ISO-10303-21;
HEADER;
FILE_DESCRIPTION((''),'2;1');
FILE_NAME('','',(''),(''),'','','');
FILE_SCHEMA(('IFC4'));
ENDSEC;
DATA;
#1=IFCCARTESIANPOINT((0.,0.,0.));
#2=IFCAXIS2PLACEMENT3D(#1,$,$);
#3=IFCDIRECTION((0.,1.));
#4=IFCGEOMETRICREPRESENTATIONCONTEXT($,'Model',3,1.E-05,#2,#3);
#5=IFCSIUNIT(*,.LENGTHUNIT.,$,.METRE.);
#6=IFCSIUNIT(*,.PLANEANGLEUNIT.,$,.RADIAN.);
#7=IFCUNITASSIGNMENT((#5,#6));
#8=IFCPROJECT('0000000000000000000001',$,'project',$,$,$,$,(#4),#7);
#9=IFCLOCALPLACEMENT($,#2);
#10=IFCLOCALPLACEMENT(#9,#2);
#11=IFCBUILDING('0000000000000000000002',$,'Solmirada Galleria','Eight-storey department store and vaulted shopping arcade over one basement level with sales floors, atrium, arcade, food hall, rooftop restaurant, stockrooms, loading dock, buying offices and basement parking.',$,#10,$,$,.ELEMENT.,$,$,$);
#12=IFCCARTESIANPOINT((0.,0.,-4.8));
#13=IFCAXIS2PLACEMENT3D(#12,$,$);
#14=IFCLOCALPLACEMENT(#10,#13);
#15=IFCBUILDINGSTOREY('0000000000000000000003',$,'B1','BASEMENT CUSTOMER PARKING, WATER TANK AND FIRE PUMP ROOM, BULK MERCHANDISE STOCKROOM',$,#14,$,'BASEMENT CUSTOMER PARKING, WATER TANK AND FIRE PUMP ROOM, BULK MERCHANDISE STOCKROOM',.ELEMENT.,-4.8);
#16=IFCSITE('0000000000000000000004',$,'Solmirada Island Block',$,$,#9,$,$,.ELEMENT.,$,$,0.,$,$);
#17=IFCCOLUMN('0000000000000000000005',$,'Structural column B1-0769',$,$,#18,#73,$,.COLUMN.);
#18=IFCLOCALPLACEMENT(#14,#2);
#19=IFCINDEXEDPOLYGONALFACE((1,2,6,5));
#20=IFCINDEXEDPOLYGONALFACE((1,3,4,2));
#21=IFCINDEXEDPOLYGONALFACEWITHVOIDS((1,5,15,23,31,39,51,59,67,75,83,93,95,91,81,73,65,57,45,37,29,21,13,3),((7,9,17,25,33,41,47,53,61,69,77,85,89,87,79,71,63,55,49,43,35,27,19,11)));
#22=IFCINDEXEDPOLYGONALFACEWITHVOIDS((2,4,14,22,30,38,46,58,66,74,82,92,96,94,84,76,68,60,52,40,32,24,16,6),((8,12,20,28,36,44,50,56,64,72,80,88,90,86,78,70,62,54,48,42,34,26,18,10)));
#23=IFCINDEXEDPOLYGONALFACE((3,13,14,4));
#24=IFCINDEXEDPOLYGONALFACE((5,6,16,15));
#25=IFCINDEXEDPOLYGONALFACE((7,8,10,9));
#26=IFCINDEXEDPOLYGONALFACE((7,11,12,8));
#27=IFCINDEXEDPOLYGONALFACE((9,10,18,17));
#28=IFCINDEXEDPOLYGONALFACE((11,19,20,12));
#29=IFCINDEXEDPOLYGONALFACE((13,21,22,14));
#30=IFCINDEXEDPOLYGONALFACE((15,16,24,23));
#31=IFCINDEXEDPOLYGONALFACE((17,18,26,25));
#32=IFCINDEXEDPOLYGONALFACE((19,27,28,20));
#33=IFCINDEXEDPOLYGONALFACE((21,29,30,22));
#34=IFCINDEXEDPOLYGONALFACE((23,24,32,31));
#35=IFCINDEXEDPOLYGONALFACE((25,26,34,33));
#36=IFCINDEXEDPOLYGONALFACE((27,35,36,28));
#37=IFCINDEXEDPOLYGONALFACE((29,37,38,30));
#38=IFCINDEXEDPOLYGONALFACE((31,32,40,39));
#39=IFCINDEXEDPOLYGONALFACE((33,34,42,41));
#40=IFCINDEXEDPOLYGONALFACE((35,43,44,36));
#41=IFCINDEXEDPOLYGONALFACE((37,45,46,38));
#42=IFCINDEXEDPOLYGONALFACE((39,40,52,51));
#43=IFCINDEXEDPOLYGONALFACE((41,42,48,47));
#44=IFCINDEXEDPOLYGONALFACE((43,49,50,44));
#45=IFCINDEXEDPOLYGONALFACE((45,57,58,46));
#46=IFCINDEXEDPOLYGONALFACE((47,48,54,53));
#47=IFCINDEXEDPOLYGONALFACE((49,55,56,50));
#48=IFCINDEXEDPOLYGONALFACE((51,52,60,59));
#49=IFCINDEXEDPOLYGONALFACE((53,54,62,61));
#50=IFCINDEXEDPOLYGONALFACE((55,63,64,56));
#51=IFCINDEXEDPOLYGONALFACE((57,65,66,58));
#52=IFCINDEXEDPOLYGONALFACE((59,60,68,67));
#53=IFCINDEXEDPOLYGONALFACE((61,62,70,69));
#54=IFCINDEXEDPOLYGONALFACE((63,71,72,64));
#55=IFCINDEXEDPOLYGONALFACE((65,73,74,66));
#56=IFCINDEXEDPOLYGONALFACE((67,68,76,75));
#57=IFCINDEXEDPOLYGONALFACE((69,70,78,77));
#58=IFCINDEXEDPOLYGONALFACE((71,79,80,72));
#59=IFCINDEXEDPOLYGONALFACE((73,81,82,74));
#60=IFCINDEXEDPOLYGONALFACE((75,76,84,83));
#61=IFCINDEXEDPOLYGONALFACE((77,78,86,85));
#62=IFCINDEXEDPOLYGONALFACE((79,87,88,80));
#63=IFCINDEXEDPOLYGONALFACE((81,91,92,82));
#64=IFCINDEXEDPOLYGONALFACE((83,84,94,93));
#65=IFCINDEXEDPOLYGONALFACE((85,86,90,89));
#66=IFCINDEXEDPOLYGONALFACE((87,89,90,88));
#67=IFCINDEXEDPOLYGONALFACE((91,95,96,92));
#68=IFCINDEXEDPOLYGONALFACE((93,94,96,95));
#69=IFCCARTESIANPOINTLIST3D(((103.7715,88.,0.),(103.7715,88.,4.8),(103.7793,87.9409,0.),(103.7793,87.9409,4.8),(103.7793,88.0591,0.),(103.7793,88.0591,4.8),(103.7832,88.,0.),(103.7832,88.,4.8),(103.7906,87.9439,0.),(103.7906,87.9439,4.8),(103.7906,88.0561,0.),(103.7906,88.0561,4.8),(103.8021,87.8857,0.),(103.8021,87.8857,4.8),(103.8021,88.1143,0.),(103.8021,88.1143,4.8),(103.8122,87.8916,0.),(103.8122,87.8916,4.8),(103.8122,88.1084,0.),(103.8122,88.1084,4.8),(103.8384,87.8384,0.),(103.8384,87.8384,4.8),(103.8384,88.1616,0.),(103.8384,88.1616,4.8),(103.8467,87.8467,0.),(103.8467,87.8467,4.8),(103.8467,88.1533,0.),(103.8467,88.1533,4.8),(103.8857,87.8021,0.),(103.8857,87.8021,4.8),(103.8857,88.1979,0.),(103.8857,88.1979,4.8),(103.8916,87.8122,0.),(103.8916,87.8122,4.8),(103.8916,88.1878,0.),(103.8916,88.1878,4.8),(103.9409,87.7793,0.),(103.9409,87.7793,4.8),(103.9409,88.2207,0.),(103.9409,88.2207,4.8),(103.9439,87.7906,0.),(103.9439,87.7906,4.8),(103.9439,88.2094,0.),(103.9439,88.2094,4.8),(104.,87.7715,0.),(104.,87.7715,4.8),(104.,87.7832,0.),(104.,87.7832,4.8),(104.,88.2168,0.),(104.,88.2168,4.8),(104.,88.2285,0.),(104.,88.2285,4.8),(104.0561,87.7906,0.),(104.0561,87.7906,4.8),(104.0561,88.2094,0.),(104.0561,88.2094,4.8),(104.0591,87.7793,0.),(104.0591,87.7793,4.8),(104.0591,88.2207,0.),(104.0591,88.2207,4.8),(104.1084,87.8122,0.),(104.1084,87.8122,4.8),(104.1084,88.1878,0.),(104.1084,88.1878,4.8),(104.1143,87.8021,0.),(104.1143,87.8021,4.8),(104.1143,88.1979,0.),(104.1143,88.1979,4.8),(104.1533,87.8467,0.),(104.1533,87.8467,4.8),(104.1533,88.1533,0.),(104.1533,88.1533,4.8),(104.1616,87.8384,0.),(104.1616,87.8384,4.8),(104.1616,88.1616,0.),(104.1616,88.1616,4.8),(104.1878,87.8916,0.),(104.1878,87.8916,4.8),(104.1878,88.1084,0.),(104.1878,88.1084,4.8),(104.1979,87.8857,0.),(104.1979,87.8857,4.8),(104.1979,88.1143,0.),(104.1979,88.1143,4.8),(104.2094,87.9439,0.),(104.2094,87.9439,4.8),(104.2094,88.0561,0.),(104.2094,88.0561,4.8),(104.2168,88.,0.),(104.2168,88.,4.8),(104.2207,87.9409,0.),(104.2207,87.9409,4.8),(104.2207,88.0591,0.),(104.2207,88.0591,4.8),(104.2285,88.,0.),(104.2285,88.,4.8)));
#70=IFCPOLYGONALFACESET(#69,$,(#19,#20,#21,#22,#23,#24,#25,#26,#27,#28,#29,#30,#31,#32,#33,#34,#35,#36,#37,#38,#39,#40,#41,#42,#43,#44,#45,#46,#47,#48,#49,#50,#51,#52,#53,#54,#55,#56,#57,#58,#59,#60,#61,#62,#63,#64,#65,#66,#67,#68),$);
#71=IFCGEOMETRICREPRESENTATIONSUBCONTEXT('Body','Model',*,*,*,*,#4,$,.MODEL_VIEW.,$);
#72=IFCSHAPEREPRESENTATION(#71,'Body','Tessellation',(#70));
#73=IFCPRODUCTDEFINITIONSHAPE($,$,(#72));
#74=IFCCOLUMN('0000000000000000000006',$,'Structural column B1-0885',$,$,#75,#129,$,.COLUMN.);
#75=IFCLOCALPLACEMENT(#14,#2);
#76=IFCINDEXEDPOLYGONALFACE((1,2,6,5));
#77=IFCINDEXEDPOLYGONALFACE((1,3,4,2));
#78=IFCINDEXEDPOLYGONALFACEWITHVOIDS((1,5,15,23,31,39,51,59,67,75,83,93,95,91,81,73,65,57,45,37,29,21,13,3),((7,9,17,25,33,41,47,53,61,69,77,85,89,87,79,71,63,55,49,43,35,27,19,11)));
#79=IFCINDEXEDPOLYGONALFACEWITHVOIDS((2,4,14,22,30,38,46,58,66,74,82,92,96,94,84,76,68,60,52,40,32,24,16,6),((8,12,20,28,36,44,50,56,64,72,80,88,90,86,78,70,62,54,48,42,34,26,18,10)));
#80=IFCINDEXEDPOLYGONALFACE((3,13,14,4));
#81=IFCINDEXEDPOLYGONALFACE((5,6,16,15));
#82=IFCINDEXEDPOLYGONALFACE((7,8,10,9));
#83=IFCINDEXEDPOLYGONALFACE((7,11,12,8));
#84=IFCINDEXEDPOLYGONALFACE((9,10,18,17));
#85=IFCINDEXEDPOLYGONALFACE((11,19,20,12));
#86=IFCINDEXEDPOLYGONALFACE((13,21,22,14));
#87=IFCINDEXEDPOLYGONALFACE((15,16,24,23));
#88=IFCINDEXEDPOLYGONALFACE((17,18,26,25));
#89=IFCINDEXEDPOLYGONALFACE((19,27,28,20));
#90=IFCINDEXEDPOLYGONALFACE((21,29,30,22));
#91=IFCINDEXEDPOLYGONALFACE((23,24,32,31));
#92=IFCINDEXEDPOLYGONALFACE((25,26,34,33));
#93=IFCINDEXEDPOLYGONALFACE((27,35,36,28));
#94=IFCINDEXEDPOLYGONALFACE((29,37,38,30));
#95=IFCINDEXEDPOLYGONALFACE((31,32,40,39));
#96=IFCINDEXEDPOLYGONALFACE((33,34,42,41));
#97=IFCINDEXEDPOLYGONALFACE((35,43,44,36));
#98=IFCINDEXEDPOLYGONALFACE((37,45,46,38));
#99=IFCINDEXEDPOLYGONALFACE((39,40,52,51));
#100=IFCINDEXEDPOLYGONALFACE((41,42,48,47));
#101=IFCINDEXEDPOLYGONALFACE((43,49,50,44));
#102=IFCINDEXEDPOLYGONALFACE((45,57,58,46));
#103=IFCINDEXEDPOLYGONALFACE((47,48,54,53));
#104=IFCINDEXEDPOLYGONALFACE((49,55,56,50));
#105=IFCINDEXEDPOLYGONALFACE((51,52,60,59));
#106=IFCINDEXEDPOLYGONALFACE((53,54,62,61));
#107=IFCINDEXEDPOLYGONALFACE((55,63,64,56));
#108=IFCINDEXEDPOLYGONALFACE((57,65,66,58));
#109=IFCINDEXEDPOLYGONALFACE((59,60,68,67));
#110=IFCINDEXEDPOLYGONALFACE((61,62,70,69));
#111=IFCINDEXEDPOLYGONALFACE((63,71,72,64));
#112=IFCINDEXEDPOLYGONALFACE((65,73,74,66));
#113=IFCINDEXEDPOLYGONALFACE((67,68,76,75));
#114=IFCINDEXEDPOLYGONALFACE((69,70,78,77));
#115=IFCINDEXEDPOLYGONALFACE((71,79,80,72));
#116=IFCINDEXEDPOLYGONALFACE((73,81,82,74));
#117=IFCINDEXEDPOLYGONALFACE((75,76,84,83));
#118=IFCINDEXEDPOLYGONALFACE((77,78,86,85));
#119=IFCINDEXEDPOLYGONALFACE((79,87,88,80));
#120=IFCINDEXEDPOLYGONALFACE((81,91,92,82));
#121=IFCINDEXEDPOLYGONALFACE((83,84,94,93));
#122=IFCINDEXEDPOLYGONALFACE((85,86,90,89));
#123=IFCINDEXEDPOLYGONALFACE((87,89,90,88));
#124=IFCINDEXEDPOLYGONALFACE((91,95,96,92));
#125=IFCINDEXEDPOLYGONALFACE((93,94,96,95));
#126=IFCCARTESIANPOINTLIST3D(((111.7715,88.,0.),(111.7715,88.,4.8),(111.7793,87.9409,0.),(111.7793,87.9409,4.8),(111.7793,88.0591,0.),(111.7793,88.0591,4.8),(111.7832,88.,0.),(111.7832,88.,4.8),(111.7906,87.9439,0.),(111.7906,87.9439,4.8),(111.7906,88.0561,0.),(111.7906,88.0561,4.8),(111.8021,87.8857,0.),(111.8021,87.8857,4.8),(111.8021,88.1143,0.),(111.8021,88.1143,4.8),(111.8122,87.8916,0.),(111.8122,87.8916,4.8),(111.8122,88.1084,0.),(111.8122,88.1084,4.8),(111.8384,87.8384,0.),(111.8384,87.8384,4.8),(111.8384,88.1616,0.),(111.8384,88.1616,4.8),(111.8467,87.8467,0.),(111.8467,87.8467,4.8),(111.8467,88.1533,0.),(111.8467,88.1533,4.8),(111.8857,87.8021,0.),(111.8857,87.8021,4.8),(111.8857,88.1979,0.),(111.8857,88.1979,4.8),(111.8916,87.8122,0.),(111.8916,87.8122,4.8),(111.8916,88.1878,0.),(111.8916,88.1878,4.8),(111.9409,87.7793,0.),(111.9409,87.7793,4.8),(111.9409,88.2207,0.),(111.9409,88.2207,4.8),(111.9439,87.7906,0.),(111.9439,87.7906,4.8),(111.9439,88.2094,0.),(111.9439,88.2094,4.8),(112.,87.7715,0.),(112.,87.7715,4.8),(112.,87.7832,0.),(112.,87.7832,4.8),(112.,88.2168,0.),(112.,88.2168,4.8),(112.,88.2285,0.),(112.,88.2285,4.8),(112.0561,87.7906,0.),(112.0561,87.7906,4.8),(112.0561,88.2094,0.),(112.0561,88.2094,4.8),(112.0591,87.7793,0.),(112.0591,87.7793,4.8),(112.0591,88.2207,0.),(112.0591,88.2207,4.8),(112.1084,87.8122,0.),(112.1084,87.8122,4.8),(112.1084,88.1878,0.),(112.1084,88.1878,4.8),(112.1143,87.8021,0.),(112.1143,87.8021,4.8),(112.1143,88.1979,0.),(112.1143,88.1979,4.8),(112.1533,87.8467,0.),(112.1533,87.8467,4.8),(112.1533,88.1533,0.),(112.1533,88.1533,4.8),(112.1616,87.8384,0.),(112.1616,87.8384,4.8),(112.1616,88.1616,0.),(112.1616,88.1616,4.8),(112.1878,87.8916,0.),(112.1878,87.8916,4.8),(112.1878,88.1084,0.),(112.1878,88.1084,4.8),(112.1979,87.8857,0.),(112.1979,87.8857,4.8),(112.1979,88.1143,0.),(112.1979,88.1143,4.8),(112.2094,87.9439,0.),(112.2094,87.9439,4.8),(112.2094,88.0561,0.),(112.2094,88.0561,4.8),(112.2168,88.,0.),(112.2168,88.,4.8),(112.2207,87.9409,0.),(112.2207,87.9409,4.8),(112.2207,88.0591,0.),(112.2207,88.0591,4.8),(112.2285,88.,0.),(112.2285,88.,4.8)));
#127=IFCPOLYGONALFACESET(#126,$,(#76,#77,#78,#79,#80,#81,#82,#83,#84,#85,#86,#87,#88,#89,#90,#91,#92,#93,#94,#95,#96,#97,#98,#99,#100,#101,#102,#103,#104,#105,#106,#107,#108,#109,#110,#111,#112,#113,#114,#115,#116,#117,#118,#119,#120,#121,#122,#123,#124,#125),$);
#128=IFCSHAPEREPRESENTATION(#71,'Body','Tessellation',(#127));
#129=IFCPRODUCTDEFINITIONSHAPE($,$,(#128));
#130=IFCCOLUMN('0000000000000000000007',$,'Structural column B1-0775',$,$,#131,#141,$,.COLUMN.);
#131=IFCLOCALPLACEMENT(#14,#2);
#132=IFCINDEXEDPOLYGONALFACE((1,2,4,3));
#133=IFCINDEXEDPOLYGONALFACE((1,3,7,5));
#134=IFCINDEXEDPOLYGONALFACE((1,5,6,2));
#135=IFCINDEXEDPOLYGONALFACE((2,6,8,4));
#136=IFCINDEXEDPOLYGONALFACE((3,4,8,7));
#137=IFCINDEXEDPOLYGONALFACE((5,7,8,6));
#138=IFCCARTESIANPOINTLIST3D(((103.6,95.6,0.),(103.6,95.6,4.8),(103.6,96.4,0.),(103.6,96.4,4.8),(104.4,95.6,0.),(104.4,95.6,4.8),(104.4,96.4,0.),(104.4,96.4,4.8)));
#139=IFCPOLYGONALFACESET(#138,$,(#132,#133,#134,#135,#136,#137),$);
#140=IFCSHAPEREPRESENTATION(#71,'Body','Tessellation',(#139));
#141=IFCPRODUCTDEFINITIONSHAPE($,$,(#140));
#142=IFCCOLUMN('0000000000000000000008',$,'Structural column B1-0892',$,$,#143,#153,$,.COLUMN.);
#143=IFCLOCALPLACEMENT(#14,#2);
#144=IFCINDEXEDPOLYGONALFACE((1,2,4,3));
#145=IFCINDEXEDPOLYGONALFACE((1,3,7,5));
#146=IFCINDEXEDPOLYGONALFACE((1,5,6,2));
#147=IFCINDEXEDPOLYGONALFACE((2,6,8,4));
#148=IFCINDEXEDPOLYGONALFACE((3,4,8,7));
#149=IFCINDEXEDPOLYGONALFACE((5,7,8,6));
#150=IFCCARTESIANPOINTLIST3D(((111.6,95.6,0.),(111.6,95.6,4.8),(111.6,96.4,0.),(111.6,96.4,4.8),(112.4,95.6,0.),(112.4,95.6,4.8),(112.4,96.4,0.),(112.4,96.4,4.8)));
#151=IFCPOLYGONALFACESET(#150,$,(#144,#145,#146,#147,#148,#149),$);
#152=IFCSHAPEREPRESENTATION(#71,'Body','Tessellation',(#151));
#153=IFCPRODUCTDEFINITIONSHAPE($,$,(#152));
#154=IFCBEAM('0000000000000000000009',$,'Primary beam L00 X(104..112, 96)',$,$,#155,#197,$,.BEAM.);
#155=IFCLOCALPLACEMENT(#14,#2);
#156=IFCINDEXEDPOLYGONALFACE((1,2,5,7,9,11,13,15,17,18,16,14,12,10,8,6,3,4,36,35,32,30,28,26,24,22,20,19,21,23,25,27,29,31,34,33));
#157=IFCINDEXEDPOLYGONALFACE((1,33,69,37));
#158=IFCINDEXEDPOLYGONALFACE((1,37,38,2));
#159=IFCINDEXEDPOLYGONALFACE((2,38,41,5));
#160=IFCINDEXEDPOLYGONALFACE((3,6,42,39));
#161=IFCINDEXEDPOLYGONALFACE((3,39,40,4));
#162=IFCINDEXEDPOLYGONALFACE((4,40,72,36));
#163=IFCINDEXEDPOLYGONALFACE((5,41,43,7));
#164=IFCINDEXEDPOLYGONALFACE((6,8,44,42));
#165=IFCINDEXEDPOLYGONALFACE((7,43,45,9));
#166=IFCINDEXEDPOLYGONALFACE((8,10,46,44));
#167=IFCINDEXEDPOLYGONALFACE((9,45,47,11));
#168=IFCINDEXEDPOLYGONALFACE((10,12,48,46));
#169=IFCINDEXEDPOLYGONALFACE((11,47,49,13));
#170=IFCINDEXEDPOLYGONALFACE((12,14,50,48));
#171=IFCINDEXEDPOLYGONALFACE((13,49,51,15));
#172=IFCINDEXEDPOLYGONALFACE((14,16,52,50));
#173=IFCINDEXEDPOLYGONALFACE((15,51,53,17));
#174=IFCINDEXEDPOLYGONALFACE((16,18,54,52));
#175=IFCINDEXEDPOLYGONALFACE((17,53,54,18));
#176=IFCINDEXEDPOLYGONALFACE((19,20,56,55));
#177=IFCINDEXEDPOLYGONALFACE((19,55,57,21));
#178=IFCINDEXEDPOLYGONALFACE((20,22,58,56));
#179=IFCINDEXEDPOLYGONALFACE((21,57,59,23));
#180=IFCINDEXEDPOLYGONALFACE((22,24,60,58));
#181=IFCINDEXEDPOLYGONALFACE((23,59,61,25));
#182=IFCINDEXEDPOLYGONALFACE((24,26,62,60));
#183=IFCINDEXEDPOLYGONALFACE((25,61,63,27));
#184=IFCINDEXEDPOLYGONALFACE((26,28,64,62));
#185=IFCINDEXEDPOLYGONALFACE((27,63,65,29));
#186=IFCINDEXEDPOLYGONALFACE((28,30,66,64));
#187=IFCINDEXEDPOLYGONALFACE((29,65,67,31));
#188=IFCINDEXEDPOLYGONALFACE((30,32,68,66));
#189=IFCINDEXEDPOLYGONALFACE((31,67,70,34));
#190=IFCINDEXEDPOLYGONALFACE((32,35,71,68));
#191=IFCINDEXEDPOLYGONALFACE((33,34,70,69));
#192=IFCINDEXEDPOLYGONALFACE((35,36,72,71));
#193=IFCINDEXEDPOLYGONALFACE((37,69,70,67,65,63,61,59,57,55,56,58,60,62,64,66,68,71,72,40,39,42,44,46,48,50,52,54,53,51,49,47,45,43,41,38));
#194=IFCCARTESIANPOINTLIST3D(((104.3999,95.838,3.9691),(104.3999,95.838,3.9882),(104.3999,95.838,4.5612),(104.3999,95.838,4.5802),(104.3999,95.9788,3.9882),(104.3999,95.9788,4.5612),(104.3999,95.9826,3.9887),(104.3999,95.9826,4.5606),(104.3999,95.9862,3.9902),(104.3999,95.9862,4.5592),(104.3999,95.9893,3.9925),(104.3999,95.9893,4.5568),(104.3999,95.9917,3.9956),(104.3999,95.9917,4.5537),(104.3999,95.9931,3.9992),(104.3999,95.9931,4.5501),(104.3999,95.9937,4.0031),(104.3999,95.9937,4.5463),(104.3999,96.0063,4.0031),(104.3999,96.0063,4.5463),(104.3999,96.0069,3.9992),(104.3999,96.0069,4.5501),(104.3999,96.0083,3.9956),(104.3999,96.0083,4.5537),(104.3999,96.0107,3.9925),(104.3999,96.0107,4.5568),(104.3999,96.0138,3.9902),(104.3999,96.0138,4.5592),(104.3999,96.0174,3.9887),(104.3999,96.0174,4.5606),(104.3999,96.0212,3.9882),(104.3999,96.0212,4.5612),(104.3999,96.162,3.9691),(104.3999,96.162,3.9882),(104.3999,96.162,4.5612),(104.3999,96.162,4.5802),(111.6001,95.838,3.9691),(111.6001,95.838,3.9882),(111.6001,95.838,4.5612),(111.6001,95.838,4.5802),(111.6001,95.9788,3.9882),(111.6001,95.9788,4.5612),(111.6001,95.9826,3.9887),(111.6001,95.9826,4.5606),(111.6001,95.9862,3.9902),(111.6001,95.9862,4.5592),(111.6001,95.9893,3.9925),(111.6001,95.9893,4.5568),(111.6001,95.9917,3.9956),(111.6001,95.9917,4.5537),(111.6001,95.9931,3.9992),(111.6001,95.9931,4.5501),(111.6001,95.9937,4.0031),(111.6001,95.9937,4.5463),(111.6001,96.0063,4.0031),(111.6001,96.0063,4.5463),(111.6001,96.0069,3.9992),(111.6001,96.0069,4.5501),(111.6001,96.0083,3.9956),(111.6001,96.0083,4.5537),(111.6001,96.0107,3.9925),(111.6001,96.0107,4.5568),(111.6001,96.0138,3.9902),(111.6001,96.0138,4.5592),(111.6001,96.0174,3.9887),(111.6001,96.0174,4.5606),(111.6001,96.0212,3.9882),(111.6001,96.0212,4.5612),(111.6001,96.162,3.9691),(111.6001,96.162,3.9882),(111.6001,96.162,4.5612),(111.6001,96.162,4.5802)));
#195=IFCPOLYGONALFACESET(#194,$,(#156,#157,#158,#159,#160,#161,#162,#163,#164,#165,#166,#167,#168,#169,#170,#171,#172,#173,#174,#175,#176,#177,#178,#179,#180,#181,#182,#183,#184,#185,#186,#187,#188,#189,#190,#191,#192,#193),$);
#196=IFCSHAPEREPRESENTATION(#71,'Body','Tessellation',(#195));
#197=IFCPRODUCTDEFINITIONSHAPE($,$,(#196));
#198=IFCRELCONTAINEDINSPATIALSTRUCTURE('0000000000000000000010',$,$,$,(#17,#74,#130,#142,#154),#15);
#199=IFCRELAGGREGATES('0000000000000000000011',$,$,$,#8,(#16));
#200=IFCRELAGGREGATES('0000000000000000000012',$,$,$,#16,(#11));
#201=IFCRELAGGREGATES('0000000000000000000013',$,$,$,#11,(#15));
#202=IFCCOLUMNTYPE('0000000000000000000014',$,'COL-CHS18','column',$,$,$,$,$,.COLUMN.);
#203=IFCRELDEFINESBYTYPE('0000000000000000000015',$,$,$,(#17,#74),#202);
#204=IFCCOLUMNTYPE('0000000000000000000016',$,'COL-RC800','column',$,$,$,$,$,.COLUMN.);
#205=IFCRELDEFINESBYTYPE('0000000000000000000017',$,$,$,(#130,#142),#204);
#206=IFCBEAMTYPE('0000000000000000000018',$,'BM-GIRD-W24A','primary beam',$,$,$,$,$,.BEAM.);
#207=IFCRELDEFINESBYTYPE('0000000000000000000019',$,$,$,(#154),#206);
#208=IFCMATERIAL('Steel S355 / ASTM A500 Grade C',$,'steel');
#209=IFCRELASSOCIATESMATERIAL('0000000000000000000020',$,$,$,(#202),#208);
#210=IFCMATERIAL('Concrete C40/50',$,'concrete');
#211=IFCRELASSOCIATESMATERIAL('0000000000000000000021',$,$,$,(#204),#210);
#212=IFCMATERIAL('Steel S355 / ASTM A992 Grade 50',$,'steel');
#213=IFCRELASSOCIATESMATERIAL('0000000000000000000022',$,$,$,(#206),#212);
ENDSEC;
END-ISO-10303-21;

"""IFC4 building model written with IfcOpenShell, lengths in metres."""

from ifc_helpers import new_model, si_unit, direction, frame, origin, origin_2d, place, context, subcontext, project, spatial, rectangle, hollow_circle, i_section, extrude, material, material_profile, profile_set, type_object, element, save


model = new_model("IFC4")

# Units and contexts
model_context = context("Model", 3, precision=1e-05, world=origin(), true_north=direction((0.0, 1.0)))
body_context = subcontext(model_context, "Body", "Model", "MODEL_VIEW")
ifc_project = project(units=[si_unit("LENGTHUNIT", "METRE"), si_unit("PLANEANGLEUNIT", "RADIAN")], contexts=[model_context])

# Site, building, storey
site_placement = place(None, origin())
site = spatial("IfcSite", under=ifc_project, at=site_placement, Name="Solmirada Island Block", CompositionType="ELEMENT", RefElevation=0.0)
building_placement = place(site_placement, origin())
building = spatial("IfcBuilding", under=site, at=building_placement, Name="Solmirada Galleria", Description="Eight-storey department store and vaulted shopping arcade over one basement level with sales floors, atrium, arcade, food hall, rooftop restaurant, stockrooms, loading dock, buying offices and basement parking.", CompositionType="ELEMENT")
storey_placement = place(building_placement, frame((0.0, 0.0, -4.8)))
storey = spatial("IfcBuildingStorey", under=building, at=storey_placement, Name="B1", Description="BASEMENT CUSTOMER PARKING, WATER TANK AND FIRE PUMP ROOM, BULK MERCHANDISE STOCKROOM", LongName="BASEMENT CUSTOMER PARKING, WATER TANK AND FIRE PUMP ROOM, BULK MERCHANDISE STOCKROOM", CompositionType="ELEMENT", Elevation=-4.8)

# Shared definitions
ifc_material_1 = material(Name="Concrete C40/50", Category="concrete")

# Columns
ifc_material_2 = material(Name="Steel S355 / ASTM A500 Grade C", Category="steel")
ifc_material_profile_1 = material_profile(ifc_material_2, hollow_circle(Radius=0.2285, WallThickness=0.0117, at=origin_2d()), Name="HSS18.000X0.500")
ifc_profile_set_1 = profile_set([ifc_material_profile_1], Name="Steel S355 / ASTM A500 Grade C")
column_type_1 = type_object("IfcColumnType", Name="COL-CHS18", Description="column", PredefinedType="COLUMN", material=ifc_profile_set_1)
for number, where, z_axis, x_axis, name in (
    (1, (104.0, 88.0, 0.0), (0.0, 0.0, 1.0), (1.0, 0.0, 0.0), "Structural column B1-0769"),
    (2, (112.0, 88.0, 0.0), (0.0, 0.0, 1.0), (1.0, 0.0, 0.0), "Structural column B1-0885"),
):
    element("IfcColumn", number, at=place(storey_placement, frame(where, z_axis=z_axis, x_axis=x_axis)), inside=storey, type_object=column_type_1, Name=name, PredefinedType="COLUMN", context=body_context, shape_type="SweptSolid", body=[
        extrude(hollow_circle(Radius=0.2285, WallThickness=0.0117, at=origin_2d()), origin(), (0.0, 0.0, 1.0), 4.8),
    ])
ifc_material_profile_2 = material_profile(ifc_material_1, rectangle(XDim=0.8, YDim=0.8, at=origin_2d()), Name="RC800X800")
ifc_profile_set_2 = profile_set([ifc_material_profile_2], Name="Concrete C40/50")
column_type_2 = type_object("IfcColumnType", Name="COL-RC800", Description="column", PredefinedType="COLUMN", material=ifc_profile_set_2)
for number, where, z_axis, x_axis, name in (
    (3, (104.0, 96.0, 0.0), (0.0, 0.0, 1.0), (1.0, 0.0, 0.0), "Structural column B1-0775"),
    (4, (112.0, 96.0, 0.0), (0.0, 0.0, 1.0), (1.0, 0.0, 0.0), "Structural column B1-0892"),
):
    element("IfcColumn", number, at=place(storey_placement, frame(where, z_axis=z_axis, x_axis=x_axis)), inside=storey, type_object=column_type_2, Name=name, PredefinedType="COLUMN", context=body_context, shape_type="SweptSolid", body=[
        extrude(rectangle(XDim=0.8, YDim=0.8, at=origin_2d()), origin(), (0.0, 0.0, 1.0), 4.8),
    ])

# Beam
ifc_material_3 = material(Name="Steel S355 / ASTM A992 Grade 50", Category="steel")
ifc_material_profile_3 = material_profile(ifc_material_3, i_section(OverallWidth=0.324, OverallDepth=0.6111, WebThickness=0.0127, FlangeThickness=0.019, FilletRadius=0.0149, at=origin_2d()), Name="W24X104")
ifc_profile_set_3 = profile_set([ifc_material_profile_3], Name="Steel S355 / ASTM A992 Grade 50")
beam_type_1 = type_object("IfcBeamType", Name="BM-GIRD-W24A", Description="primary beam", PredefinedType="BEAM", material=ifc_profile_set_3)
beam_1_placement = place(storey_placement, frame((104.3999, 96.0, 4.2747), z_axis=(1.0, 0.0, 0.0), x_axis=(0.0, 1.0, 0.0)))
element("IfcBeam", 5, at=beam_1_placement, inside=storey, type_object=beam_type_1, Name="Primary beam L00 X(104..112, 96)", PredefinedType="BEAM", context=body_context, shape_type="SweptSolid", body=[
    extrude(i_section(OverallWidth=0.324, OverallDepth=0.6111, WebThickness=0.0127, FlangeThickness=0.019, FilletRadius=0.0149, at=origin_2d()), origin(), (0.0, 0.0, 1.0), 7.2002),
])

save(model, "model.ifc")
